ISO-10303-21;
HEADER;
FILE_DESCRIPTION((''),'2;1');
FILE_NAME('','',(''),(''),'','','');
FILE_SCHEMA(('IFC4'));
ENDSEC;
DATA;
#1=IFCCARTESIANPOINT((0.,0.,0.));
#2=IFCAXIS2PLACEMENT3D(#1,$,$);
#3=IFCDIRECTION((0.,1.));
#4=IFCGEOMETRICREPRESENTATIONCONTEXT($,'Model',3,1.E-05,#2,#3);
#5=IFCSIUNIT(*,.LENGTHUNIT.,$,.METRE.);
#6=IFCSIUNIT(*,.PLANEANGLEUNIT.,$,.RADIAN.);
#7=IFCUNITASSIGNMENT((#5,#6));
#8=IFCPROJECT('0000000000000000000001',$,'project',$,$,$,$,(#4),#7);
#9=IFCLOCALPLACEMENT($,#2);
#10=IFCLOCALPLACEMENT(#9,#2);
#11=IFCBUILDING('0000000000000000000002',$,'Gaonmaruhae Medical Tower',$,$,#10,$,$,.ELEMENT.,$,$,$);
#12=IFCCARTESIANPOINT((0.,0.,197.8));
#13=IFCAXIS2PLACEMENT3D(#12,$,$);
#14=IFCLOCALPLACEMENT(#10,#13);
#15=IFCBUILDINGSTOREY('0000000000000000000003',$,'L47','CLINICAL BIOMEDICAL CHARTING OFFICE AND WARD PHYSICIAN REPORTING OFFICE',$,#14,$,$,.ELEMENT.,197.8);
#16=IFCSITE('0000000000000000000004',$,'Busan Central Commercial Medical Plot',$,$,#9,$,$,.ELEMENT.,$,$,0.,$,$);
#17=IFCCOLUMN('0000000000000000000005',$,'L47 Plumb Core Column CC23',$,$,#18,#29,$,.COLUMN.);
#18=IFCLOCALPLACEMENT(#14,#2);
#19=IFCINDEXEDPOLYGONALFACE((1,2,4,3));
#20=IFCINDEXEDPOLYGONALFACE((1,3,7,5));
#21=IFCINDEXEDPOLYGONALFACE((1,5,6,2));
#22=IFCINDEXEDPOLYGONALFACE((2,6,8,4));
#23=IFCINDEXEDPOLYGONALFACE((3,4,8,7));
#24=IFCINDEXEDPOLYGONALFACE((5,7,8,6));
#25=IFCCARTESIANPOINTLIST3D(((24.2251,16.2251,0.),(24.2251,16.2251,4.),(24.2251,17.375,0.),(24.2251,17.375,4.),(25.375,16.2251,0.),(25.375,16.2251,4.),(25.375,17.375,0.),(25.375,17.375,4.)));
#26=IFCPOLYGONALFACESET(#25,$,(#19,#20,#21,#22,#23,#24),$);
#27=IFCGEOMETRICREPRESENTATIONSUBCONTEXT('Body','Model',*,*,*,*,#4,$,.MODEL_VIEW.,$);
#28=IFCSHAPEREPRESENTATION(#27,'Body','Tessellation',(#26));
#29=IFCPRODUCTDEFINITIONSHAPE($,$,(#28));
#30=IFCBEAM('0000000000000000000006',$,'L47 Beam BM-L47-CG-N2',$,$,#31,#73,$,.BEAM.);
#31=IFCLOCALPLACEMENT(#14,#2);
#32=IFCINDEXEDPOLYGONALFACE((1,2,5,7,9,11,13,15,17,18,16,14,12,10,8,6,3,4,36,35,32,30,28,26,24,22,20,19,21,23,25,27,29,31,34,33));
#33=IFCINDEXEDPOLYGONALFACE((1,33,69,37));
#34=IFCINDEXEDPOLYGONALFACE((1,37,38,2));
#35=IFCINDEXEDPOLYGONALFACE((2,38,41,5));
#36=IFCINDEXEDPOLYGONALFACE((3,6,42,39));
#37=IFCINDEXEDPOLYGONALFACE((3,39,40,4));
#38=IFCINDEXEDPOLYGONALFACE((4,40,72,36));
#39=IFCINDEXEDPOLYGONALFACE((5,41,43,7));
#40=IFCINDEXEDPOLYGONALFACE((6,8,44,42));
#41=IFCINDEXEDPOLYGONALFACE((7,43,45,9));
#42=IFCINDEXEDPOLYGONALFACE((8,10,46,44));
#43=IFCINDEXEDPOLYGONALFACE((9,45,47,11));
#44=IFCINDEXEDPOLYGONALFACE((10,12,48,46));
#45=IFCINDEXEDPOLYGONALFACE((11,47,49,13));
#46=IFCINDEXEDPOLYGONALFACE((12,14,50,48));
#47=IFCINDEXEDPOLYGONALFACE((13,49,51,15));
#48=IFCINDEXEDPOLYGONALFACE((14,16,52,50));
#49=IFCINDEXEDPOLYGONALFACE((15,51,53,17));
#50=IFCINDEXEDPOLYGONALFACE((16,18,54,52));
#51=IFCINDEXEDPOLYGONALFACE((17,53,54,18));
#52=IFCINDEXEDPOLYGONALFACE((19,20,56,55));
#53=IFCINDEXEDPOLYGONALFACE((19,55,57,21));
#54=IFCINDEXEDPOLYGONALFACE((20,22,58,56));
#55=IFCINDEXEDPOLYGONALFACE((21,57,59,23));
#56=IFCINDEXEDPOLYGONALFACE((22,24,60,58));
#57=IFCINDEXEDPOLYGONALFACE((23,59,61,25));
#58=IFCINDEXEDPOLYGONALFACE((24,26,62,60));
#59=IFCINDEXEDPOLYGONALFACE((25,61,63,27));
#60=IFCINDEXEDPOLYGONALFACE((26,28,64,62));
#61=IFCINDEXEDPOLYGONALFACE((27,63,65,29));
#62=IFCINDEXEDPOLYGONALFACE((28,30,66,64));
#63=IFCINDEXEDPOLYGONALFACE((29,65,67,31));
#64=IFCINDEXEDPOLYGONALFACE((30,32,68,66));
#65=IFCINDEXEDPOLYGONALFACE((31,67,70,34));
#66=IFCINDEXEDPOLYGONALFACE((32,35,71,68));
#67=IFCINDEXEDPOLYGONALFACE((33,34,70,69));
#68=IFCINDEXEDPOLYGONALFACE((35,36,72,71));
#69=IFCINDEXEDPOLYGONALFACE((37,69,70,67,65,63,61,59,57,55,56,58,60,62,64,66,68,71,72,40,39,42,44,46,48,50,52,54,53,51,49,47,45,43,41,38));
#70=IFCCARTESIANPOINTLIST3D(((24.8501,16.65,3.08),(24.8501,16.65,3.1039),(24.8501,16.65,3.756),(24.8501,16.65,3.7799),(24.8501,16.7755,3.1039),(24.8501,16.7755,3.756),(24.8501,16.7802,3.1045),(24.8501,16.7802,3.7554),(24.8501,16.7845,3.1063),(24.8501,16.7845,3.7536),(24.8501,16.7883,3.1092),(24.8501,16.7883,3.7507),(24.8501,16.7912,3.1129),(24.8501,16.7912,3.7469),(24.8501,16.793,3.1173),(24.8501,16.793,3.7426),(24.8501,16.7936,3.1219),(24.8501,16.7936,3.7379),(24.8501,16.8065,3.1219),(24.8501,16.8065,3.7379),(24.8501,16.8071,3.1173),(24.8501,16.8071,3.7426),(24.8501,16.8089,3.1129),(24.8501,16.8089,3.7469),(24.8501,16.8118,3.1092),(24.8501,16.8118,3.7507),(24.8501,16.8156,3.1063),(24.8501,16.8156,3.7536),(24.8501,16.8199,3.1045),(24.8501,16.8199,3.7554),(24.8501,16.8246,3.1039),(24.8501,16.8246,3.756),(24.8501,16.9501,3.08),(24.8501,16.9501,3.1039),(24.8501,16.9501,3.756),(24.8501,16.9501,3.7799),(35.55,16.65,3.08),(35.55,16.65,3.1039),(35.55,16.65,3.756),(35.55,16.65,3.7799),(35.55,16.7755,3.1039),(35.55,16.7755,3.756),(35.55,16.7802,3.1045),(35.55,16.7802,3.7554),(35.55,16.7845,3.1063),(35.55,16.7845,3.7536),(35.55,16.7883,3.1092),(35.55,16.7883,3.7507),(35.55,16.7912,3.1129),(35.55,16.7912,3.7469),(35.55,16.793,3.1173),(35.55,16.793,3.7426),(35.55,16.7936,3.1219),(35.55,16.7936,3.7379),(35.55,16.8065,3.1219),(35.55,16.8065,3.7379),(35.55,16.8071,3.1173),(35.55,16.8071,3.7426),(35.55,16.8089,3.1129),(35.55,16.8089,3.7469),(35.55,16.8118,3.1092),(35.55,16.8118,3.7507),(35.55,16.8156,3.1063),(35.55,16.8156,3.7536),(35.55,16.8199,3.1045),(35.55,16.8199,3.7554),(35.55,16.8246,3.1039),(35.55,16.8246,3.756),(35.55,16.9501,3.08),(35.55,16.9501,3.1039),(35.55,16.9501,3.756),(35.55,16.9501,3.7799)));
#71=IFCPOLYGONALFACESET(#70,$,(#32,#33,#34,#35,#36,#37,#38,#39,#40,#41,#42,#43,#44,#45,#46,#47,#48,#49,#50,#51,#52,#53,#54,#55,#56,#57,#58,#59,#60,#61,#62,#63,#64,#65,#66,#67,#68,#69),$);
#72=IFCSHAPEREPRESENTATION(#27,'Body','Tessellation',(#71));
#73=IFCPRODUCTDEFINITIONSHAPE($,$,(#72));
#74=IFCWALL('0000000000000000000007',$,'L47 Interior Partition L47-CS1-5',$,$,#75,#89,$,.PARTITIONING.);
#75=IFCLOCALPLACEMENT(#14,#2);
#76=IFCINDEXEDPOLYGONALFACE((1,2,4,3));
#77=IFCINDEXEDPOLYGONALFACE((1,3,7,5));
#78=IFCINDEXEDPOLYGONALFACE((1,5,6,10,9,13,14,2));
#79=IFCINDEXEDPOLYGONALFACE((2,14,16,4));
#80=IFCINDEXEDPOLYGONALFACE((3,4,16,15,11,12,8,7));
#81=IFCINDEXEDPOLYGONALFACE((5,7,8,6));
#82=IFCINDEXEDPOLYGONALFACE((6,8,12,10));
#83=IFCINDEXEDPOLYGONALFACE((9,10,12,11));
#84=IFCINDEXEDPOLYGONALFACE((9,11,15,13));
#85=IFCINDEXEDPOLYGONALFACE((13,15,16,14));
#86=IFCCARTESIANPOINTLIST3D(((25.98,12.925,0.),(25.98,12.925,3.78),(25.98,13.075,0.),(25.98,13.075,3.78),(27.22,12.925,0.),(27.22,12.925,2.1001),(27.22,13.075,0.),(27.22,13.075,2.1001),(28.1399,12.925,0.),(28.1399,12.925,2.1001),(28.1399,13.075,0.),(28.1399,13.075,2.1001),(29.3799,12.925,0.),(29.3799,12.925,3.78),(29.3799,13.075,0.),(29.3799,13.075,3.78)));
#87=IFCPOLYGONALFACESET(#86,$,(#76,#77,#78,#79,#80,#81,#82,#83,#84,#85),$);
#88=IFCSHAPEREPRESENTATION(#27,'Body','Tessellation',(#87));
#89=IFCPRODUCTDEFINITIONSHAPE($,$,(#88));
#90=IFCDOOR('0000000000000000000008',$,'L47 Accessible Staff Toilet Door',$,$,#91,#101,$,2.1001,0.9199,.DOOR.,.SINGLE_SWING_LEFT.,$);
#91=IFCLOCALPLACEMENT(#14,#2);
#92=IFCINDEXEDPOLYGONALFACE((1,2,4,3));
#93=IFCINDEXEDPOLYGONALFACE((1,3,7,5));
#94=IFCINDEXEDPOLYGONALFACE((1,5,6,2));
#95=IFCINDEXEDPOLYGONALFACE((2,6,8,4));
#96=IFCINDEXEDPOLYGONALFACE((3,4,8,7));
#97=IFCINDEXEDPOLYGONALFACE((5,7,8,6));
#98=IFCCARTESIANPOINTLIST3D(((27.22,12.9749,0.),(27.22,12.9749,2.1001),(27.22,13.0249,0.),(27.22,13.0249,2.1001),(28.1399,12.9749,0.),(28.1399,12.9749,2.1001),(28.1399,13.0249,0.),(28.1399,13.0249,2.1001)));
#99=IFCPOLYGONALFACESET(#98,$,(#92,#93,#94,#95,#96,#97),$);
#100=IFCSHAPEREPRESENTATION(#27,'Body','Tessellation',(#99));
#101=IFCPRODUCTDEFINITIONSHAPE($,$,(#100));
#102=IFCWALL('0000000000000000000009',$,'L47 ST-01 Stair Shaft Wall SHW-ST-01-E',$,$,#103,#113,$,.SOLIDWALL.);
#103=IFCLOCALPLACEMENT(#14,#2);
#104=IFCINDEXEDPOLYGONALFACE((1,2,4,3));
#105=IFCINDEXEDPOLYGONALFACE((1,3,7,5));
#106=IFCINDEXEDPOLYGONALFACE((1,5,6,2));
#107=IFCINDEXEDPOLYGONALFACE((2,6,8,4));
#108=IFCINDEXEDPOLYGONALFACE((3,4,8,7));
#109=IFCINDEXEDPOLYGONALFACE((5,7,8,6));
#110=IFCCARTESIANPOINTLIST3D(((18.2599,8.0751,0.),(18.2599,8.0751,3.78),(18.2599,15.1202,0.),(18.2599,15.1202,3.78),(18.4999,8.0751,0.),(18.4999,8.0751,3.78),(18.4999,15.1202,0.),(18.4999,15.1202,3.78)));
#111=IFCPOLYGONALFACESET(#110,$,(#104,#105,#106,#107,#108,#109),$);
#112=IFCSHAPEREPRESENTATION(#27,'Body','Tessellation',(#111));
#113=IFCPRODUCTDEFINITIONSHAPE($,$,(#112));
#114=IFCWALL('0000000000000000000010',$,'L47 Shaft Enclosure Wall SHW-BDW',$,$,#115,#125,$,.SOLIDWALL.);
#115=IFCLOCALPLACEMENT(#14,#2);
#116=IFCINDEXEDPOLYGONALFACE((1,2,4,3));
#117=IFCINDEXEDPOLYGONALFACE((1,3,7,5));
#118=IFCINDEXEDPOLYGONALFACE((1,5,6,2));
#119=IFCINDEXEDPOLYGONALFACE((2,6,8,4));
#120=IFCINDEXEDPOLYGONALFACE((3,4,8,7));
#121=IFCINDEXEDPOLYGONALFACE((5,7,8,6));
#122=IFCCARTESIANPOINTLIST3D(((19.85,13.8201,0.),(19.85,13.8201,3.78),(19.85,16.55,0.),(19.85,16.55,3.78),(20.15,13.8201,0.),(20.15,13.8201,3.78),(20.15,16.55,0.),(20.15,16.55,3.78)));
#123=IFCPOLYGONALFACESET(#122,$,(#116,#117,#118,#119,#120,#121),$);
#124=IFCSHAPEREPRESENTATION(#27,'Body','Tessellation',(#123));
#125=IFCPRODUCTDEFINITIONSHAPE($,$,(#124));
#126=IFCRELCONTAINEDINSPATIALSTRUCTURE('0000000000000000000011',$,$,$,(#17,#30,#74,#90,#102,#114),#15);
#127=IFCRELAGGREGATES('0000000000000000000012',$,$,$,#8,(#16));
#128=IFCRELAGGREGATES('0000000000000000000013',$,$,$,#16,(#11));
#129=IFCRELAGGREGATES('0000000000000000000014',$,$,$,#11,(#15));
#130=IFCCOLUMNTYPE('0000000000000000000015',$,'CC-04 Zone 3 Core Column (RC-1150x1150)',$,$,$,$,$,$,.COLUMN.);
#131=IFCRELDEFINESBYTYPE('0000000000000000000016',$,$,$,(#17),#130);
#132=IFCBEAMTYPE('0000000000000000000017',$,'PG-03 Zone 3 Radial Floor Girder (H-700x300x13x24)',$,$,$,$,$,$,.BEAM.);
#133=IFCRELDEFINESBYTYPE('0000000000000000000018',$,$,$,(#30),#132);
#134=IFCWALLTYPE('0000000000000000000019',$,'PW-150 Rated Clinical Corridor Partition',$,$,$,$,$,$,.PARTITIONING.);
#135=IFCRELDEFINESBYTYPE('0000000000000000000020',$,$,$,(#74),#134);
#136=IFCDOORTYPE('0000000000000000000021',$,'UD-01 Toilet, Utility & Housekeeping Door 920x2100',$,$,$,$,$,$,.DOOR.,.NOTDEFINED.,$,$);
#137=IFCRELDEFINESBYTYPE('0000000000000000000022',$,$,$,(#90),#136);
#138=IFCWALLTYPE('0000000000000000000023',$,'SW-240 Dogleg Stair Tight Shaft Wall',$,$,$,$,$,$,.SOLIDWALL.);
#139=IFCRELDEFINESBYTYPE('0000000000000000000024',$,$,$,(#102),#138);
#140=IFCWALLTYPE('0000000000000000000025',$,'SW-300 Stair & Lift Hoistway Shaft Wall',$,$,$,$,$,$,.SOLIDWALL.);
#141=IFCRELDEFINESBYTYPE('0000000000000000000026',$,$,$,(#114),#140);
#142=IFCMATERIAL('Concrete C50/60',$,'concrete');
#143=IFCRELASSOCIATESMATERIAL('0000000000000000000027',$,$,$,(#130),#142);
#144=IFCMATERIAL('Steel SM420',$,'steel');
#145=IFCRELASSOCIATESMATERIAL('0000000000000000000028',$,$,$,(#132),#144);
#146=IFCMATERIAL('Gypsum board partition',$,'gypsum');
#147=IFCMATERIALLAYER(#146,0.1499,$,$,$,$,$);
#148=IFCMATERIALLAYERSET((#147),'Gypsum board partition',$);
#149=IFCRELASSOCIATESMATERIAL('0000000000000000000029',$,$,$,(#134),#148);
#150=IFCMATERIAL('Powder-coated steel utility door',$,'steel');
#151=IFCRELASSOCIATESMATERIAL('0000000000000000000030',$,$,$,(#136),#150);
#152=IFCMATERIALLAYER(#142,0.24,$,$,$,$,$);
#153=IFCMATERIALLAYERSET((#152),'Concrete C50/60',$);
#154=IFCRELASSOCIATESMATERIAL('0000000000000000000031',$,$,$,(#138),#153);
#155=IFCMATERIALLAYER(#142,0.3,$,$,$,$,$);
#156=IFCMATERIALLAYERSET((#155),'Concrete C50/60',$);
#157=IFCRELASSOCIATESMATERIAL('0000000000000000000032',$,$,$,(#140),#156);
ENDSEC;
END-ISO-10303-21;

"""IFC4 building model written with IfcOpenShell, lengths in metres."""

from ifc_helpers import new_model, si_unit, direction, frame, frame_2d, origin, origin_2d, place, context, subcontext, project, spatial, rectangle, i_section, extrude, material, layer, layer_set, material_profile, profile_set, type_object, element, fill, save


model = new_model("IFC4")

# Units and contexts
model_context = context("Model", 3, precision=1e-05, world=origin(), true_north=direction((0.0, 1.0)))
body_context = subcontext(model_context, "Body", "Model", "MODEL_VIEW")
ifc_project = project(units=[si_unit("LENGTHUNIT", "METRE"), si_unit("PLANEANGLEUNIT", "RADIAN")], contexts=[model_context])

# Site, building, storey
site_placement = place(None, origin())
site = spatial("IfcSite", under=ifc_project, at=site_placement, Name="Busan Central Commercial Medical Plot", CompositionType="ELEMENT", RefElevation=0.0)
building_placement = place(site_placement, origin())
building = spatial("IfcBuilding", under=site, at=building_placement, Name="Gaonmaruhae Medical Tower", CompositionType="ELEMENT")
storey_placement = place(building_placement, frame((0.0, 0.0, 197.8)))
storey = spatial("IfcBuildingStorey", under=building, at=storey_placement, Name="L47", Description="CLINICAL BIOMEDICAL CHARTING OFFICE AND WARD PHYSICIAN REPORTING OFFICE", CompositionType="ELEMENT", Elevation=197.8)

# Column
ifc_material_1 = material(Name="Concrete C50/60", Category="concrete")
ifc_material_profile_1 = material_profile(ifc_material_1, rectangle(XDim=1.1499, YDim=1.1499, at=origin_2d()), Name="RC-1150x1150")
ifc_profile_set_1 = profile_set([ifc_material_profile_1], Name="Concrete C50/60")
column_type = type_object("IfcColumnType", Name="CC-04 Zone 3 Core Column (RC-1150x1150)", PredefinedType="COLUMN", material=ifc_profile_set_1)
column_placement = place(storey_placement, frame((24.8, 16.8, 0.0), z_axis=(0.0, 0.0, 1.0), x_axis=(1.0, 0.0, 0.0)))
element("IfcColumn", 1, at=column_placement, inside=storey, type_object=column_type, Name="L47 Plumb Core Column CC23", PredefinedType="COLUMN", context=body_context, shape_type="SweptSolid", body=[
    extrude(rectangle(XDim=1.1499, YDim=1.1499, at=origin_2d()), origin(), (0.0, 0.0, 1.0), 4.0),
])

# Beam
ifc_material_2 = material(Name="Steel SM420", Category="steel")
ifc_material_profile_2 = material_profile(ifc_material_2, i_section(OverallWidth=0.3, OverallDepth=0.7, WebThickness=0.0129, FlangeThickness=0.0239, FilletRadius=0.0181, at=origin_2d()), Name="H-700x300x13x24")
ifc_profile_set_2 = profile_set([ifc_material_profile_2], Name="Steel SM420")
beam_type = type_object("IfcBeamType", Name="PG-03 Zone 3 Radial Floor Girder (H-700x300x13x24)", PredefinedType="BEAM", material=ifc_profile_set_2)
beam_placement = place(storey_placement, frame((24.8501, 16.8, 3.4299), z_axis=(1.0, 0.0, 0.0), x_axis=(0.0, 1.0, 0.0)))
element("IfcBeam", 2, at=beam_placement, inside=storey, type_object=beam_type, Name="L47 Beam BM-L47-CG-N2", PredefinedType="BEAM", context=body_context, shape_type="SweptSolid", body=[
    extrude(i_section(OverallWidth=0.3, OverallDepth=0.7, WebThickness=0.0129, FlangeThickness=0.0239, FilletRadius=0.0181, at=origin_2d()), origin(), (0.0, 0.0, 1.0), 10.7),
])

# Wall, opening, door
ifc_material_3 = material(Name="Gypsum board partition", Category="gypsum")
ifc_layer_1 = layer(ifc_material_3, 0.1499)
ifc_layer_set_1 = layer_set([ifc_layer_1], Name="Gypsum board partition")
wall_type_1 = type_object("IfcWallType", Name="PW-150 Rated Clinical Corridor Partition", PredefinedType="PARTITIONING", material=ifc_layer_set_1)
wall_1_placement = place(storey_placement, frame((25.98, 13.0, 0.0), z_axis=(0.0, 0.0, 1.0), x_axis=(1.0, 0.0, 0.0)))
wall_1 = element("IfcWall", 3, at=wall_1_placement, inside=storey, type_object=wall_type_1, Name="L47 Interior Partition L47-CS1-5", PredefinedType="PARTITIONING", context=body_context, shape_type="SweptSolid", body=[
    extrude(rectangle(XDim=3.3999, YDim=0.1499, at=frame_2d((1.7, 0.0))), origin(), (0.0, 0.0, 1.0), 3.78),
])
opening_1_placement = place(wall_1_placement, frame((1.24, 0.0, 0.0)))
opening_1 = element("IfcOpeningElement", 4, at=opening_1_placement, cuts=wall_1, PredefinedType="OPENING", context=body_context, shape_type="SweptSolid", body=[
    extrude(rectangle(XDim=0.9199, YDim=2.1001, at=frame_2d((0.46, 1.05))), frame((0.0, 0.085, 0.0), z_axis=(0.0, -1.0, 0.0), x_axis=(1.0, 0.0, 0.0)), (0.0, 0.0, 1.0), 0.1699),
])
ifc_material_4 = material(Name="Powder-coated steel utility door", Category="steel")
door_type_1 = type_object("IfcDoorType", Name="UD-01 Toilet, Utility & Housekeeping Door 920x2100", OperationType="NOTDEFINED", PredefinedType="DOOR", material=ifc_material_4)
door_1_placement = place(opening_1_placement, origin())
door_1 = element("IfcDoor", 5, at=door_1_placement, inside=storey, type_object=door_type_1, Name="L47 Accessible Staff Toilet Door", OperationType="SINGLE_SWING_LEFT", OverallHeight=2.1001, OverallWidth=0.9199, PredefinedType="DOOR", context=body_context, shape_type="SweptSolid", body=[
    extrude(rectangle(XDim=0.9199, YDim=2.1001, at=frame_2d((0.46, 1.05))), frame((0.0, 0.0249, 0.0), z_axis=(0.0, -1.0, 0.0), x_axis=(1.0, 0.0, 0.0)), (0.0, 0.0, 1.0), 0.05),
])
fill(opening_1, door_1)

# Wall
ifc_layer_2 = layer(ifc_material_1, 0.24)
ifc_layer_set_2 = layer_set([ifc_layer_2], Name="Concrete C50/60")
wall_type_2 = type_object("IfcWallType", Name="SW-240 Dogleg Stair Tight Shaft Wall", PredefinedType="SOLIDWALL", material=ifc_layer_set_2)
wall_2_placement = place(storey_placement, frame((18.3799, 15.1201, 0.0), z_axis=(0.0, 0.0, 1.0), x_axis=(0.0, -1.0, 0.0)))
element("IfcWall", 6, at=wall_2_placement, inside=storey, type_object=wall_type_2, Name="L47 ST-01 Stair Shaft Wall SHW-ST-01-E", PredefinedType="SOLIDWALL", context=body_context, shape_type="SweptSolid", body=[
    extrude(rectangle(XDim=7.0452, YDim=0.24, at=frame_2d((3.5225, 0.0))), origin(), (0.0, 0.0, 1.0), 3.78),
])

# Shared definitions
ifc_layer_3 = layer(ifc_material_1, 0.3)
ifc_layer_set_3 = layer_set([ifc_layer_3], Name="Concrete C50/60")
wall_type_3 = type_object("IfcWallType", Name="SW-300 Stair & Lift Hoistway Shaft Wall", PredefinedType="SOLIDWALL", material=ifc_layer_set_3)

# Wall
wall_3_placement = place(storey_placement, frame((20.0, 13.8201, 0.0), z_axis=(0.0, 0.0, 1.0), x_axis=(0.0, 1.0, 0.0)))
element("IfcWall", 7, at=wall_3_placement, inside=storey, type_object=wall_type_3, Name="L47 Shaft Enclosure Wall SHW-BDW", PredefinedType="SOLIDWALL", context=body_context, shape_type="SweptSolid", body=[
    extrude(rectangle(XDim=2.73, YDim=0.3, at=frame_2d((1.365, 0.0))), origin(), (0.0, 0.0, 1.0), 3.78),
])

save(model, "model.ifc")
